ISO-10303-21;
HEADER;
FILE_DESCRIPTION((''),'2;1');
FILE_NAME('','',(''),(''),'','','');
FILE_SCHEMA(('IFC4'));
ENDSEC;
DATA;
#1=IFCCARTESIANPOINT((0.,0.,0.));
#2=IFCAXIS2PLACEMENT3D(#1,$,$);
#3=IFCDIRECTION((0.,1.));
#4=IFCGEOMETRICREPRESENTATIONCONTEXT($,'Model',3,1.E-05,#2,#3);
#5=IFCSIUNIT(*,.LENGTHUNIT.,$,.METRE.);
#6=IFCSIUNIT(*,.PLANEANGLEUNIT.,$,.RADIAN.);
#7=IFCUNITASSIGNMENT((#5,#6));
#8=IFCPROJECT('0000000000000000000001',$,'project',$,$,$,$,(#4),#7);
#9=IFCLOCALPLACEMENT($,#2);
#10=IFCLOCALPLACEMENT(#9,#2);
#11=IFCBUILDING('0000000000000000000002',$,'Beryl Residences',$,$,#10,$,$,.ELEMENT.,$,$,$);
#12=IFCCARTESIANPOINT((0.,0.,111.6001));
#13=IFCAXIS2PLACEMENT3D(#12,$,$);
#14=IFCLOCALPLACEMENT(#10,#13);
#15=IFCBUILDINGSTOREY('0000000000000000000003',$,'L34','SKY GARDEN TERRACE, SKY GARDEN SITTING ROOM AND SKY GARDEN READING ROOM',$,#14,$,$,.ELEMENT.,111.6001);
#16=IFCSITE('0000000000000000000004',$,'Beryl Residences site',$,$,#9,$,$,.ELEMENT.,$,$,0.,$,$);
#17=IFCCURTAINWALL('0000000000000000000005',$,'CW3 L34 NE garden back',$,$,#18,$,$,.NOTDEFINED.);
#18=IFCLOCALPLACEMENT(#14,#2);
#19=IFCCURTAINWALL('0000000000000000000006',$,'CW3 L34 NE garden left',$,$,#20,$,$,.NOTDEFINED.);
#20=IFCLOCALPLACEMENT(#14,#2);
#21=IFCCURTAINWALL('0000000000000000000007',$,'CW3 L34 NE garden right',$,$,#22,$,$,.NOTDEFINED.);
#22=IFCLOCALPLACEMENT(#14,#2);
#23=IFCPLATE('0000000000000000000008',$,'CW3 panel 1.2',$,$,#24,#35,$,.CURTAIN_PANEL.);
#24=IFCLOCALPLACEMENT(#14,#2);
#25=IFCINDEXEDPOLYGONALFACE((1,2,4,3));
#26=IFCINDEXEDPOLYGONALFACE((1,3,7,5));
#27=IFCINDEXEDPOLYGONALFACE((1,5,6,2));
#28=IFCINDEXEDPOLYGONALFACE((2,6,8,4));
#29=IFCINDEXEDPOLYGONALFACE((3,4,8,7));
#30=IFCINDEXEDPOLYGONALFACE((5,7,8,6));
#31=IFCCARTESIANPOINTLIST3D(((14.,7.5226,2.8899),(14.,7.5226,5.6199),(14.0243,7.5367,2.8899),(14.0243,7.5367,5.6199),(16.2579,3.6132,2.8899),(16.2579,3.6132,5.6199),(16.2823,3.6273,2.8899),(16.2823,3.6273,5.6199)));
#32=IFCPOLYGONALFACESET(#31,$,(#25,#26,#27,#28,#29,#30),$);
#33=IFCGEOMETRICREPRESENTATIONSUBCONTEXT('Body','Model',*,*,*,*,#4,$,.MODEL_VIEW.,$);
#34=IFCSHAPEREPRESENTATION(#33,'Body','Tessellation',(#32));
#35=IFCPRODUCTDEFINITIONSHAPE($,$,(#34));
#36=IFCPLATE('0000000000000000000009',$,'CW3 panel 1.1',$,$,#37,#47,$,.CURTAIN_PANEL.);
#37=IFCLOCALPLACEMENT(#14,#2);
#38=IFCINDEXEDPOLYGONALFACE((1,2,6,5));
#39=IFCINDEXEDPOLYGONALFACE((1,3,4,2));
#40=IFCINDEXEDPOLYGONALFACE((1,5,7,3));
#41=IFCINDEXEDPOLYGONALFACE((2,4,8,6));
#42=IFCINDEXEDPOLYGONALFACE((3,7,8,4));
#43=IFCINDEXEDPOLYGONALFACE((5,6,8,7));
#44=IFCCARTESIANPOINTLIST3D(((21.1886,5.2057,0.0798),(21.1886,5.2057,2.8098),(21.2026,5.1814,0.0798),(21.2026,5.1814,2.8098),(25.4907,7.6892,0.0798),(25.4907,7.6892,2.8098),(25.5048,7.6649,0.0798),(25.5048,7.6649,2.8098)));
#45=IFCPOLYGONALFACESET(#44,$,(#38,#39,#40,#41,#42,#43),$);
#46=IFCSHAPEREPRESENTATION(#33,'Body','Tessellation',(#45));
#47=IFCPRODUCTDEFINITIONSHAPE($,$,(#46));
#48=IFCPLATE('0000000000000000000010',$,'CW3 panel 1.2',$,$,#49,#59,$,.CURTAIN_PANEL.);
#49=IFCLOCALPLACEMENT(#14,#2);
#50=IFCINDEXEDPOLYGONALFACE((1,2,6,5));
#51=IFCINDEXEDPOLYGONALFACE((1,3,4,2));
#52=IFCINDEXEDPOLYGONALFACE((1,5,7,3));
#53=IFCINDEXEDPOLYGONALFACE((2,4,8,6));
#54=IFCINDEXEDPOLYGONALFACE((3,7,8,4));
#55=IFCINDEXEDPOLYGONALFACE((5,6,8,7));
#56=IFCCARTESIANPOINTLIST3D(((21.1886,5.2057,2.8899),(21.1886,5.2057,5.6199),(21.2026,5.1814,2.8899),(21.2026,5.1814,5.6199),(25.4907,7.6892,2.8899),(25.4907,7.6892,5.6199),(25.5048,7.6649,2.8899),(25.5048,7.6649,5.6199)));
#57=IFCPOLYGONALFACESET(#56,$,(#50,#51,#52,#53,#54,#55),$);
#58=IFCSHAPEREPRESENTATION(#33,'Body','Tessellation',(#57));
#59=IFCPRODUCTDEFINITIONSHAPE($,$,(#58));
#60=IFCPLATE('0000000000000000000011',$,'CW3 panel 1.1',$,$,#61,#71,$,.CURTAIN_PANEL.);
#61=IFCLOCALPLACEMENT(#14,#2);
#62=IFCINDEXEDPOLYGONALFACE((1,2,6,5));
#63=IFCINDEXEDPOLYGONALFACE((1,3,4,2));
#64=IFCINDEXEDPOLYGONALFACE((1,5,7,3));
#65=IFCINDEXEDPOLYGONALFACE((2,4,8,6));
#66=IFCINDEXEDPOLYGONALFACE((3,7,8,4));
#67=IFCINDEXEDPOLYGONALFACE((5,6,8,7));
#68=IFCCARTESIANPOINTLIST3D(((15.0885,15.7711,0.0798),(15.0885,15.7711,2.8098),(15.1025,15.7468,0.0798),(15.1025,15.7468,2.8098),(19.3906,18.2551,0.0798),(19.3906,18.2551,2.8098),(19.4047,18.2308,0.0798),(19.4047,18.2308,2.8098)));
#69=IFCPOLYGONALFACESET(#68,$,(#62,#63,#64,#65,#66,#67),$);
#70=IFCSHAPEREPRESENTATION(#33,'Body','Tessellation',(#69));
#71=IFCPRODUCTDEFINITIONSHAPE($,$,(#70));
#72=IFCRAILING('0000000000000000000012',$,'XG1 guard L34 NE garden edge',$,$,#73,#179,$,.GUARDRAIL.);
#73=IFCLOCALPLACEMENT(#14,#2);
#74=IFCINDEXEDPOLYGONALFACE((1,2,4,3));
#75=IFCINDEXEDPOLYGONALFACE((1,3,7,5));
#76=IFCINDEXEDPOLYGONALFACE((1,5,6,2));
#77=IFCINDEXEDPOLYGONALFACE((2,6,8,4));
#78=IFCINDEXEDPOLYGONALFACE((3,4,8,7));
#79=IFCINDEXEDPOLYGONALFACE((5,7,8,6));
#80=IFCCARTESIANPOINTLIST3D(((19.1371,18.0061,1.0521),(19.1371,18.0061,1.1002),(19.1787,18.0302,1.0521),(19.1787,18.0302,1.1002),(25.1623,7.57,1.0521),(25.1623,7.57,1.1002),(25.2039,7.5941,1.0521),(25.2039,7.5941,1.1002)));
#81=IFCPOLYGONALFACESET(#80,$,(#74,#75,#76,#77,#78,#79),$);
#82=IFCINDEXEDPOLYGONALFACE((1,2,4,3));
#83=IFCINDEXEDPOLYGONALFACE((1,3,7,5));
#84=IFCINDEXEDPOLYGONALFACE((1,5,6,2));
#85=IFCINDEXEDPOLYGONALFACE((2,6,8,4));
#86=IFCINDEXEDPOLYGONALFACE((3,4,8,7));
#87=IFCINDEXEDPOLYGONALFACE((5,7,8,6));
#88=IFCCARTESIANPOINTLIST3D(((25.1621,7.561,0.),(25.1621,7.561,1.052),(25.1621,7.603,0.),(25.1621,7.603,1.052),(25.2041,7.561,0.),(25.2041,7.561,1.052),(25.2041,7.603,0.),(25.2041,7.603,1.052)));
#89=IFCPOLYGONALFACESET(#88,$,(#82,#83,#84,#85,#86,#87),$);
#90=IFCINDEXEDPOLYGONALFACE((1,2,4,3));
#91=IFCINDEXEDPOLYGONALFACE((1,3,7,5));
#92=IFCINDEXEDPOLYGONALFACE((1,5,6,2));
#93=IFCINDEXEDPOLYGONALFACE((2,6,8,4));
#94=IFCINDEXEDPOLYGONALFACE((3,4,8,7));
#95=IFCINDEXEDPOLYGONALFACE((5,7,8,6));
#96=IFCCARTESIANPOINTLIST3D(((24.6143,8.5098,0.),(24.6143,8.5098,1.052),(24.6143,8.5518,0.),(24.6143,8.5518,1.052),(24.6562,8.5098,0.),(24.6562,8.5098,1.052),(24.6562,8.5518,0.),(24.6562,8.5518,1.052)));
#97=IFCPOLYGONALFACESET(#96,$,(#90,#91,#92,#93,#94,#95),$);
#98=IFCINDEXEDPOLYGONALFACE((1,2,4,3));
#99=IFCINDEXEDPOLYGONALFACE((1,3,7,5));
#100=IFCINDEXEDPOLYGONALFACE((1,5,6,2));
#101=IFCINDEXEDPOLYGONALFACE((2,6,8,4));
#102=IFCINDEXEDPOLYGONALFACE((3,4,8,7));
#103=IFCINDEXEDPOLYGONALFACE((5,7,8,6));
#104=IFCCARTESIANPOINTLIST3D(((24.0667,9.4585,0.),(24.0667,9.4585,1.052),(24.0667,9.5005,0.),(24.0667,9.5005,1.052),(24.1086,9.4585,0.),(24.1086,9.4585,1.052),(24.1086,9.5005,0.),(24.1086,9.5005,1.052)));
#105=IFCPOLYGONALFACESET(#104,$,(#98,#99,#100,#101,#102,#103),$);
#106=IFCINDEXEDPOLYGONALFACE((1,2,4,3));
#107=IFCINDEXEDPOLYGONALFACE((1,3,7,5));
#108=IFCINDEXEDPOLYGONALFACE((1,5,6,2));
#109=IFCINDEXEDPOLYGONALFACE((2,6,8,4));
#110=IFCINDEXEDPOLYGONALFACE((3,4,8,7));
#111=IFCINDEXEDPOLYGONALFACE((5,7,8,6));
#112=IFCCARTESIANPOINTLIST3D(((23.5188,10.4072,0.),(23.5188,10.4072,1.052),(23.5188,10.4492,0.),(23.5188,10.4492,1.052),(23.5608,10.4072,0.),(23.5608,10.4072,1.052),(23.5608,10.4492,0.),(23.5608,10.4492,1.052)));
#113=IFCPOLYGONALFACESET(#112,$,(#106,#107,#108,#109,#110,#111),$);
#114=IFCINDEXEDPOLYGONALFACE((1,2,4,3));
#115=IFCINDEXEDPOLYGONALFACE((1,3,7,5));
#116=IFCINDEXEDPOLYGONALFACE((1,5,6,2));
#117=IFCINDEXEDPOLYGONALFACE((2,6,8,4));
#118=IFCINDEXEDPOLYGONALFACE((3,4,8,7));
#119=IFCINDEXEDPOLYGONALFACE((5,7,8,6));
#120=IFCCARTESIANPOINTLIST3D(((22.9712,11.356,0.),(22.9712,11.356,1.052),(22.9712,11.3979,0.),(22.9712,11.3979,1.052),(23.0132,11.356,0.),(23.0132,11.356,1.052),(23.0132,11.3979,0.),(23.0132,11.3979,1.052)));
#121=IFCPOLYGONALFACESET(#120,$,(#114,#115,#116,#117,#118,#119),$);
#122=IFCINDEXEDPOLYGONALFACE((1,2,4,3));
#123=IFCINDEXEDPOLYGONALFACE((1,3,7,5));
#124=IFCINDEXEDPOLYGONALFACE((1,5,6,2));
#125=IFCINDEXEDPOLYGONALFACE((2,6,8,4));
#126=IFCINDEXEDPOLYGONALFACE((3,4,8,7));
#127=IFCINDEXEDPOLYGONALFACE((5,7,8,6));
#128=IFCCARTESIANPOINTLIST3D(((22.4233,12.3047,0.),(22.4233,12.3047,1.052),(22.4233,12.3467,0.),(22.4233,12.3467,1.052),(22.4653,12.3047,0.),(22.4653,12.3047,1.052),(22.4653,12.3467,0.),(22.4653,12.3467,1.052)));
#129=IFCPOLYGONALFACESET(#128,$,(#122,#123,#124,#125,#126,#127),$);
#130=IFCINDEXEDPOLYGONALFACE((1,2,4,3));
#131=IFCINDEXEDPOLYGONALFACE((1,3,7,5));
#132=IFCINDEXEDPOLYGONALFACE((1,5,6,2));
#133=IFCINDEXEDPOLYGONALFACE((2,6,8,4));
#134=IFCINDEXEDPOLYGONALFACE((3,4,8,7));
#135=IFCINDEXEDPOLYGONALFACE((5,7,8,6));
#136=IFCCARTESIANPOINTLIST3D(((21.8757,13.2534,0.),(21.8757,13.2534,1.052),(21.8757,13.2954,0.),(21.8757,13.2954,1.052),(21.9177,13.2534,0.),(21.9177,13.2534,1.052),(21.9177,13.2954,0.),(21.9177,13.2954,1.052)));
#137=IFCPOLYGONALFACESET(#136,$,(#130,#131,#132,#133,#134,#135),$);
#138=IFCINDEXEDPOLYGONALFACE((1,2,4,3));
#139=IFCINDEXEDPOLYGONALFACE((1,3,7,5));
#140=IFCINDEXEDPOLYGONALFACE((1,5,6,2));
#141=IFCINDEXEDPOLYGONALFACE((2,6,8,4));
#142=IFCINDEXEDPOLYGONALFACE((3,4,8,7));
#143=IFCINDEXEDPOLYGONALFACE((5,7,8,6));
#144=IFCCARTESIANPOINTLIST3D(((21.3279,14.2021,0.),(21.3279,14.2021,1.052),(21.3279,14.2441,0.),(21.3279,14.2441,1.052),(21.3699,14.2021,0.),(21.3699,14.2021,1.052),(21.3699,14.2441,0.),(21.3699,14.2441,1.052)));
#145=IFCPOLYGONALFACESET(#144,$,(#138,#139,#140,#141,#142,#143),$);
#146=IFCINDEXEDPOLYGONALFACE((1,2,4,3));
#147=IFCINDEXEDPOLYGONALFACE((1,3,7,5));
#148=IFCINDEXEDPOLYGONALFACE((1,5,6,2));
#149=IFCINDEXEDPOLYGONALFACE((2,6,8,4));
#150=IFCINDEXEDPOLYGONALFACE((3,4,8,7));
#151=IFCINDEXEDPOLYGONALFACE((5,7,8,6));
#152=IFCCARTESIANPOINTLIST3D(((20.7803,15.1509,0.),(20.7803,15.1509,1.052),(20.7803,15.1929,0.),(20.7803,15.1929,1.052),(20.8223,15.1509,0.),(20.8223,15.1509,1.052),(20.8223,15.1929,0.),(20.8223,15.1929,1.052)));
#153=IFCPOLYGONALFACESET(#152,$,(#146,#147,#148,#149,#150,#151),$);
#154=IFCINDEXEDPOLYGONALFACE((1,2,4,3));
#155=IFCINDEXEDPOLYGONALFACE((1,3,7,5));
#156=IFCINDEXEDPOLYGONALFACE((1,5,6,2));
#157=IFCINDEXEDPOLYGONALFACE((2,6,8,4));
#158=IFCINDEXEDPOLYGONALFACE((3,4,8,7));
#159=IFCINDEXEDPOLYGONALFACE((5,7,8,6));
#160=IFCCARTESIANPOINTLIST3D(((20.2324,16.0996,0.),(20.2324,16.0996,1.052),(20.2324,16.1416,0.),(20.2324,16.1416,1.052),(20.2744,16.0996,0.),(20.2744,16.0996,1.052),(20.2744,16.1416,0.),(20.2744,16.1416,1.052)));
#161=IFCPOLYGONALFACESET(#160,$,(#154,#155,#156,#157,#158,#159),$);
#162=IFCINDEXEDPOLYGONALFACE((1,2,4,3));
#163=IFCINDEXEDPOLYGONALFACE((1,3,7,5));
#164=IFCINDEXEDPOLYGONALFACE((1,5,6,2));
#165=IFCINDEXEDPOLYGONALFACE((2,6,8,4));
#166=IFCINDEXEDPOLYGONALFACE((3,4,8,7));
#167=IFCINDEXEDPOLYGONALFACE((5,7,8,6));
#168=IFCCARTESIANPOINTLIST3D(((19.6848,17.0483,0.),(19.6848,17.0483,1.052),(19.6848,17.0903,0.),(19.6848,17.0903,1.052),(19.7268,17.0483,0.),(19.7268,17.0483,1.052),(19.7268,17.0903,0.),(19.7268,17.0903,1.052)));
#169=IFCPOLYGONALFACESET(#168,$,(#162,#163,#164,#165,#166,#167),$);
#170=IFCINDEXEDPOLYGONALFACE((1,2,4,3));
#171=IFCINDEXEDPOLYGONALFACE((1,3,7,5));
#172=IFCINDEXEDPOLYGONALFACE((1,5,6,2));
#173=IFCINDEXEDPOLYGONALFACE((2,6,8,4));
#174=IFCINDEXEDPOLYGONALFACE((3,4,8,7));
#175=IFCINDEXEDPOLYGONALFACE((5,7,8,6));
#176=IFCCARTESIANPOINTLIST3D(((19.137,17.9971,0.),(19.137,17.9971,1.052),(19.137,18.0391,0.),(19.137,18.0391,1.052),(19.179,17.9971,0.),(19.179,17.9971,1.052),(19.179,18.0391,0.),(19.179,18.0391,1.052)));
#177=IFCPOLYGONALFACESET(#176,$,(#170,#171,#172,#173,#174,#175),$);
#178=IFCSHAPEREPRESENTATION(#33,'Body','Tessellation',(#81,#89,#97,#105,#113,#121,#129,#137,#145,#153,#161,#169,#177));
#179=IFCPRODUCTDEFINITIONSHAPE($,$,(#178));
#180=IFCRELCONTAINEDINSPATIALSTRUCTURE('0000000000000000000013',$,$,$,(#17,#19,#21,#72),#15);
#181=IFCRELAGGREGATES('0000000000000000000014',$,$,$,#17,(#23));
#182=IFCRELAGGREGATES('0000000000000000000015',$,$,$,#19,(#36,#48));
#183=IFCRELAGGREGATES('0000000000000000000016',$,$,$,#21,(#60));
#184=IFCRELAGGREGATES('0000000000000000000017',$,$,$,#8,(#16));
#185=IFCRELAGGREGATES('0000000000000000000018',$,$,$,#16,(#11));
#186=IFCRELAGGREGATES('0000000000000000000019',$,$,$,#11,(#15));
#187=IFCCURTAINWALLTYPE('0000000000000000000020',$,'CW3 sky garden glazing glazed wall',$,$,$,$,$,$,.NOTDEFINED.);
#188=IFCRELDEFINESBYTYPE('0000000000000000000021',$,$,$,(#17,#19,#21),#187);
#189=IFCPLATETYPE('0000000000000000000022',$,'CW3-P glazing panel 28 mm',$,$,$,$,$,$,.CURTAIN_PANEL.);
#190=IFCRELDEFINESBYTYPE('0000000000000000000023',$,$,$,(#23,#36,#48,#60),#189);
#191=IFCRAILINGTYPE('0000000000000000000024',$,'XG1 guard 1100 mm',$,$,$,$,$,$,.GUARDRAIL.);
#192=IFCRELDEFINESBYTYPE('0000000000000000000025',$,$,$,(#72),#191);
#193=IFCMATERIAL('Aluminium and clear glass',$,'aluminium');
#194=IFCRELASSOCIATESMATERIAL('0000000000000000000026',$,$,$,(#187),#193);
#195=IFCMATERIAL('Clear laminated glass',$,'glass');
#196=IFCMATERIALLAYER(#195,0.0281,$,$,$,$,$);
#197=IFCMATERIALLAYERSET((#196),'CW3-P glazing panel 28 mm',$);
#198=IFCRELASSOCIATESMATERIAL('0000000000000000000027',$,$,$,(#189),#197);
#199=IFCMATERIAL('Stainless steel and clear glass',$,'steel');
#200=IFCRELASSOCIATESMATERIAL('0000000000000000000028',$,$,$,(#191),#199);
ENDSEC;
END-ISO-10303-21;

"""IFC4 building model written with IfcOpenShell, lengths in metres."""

from ifc_helpers import new_model, si_unit, direction, frame, origin, origin_2d, place, context, subcontext, project, spatial, rectangle, extrude, material, layer, layer_set, type_object, element, aggregate, save


model = new_model("IFC4")

# Units and contexts
model_context = context("Model", 3, precision=1e-05, world=origin(), true_north=direction((0.0, 1.0)))
body_context = subcontext(model_context, "Body", "Model", "MODEL_VIEW")
ifc_project = project(units=[si_unit("LENGTHUNIT", "METRE"), si_unit("PLANEANGLEUNIT", "RADIAN")], contexts=[model_context])

# Site, building, storey
site_placement = place(None, origin())
site = spatial("IfcSite", under=ifc_project, at=site_placement, Name="Beryl Residences site", CompositionType="ELEMENT", RefElevation=0.0)
building_placement = place(site_placement, origin())
building = spatial("IfcBuilding", under=site, at=building_placement, Name="Beryl Residences", CompositionType="ELEMENT")
storey_placement = place(building_placement, frame((0.0, 0.0, 111.6001)))
storey = spatial("IfcBuildingStorey", under=building, at=storey_placement, Name="L34", Description="SKY GARDEN TERRACE, SKY GARDEN SITTING ROOM AND SKY GARDEN READING ROOM", CompositionType="ELEMENT", Elevation=111.6001)

# Curtain walls
ifc_material_1 = material(Name="Aluminium and clear glass", Category="aluminium")
curtain_wall_type = type_object("IfcCurtainWallType", Name="CW3 sky garden glazing glazed wall", PredefinedType="NOTDEFINED", material=ifc_material_1)
curtain_wall_1_placement = place(storey_placement, origin())
curtain_wall_1 = element("IfcCurtainWall", 1, at=curtain_wall_1_placement, inside=storey, type_object=curtain_wall_type, Name="CW3 L34 NE garden back", PredefinedType="NOTDEFINED")
curtain_wall_2_placement = place(storey_placement, origin())
curtain_wall_2 = element("IfcCurtainWall", 2, at=curtain_wall_2_placement, inside=storey, type_object=curtain_wall_type, Name="CW3 L34 NE garden left", PredefinedType="NOTDEFINED")
curtain_wall_3_placement = place(storey_placement, origin())
curtain_wall_3 = element("IfcCurtainWall", 3, at=curtain_wall_3_placement, inside=storey, type_object=curtain_wall_type, Name="CW3 L34 NE garden right", PredefinedType="NOTDEFINED")

# Plates
ifc_material_2 = material(Name="Clear laminated glass", Category="glass")
ifc_layer_1 = layer(ifc_material_2, 0.0281)
ifc_layer_set_1 = layer_set([ifc_layer_1], Name="CW3-P glazing panel 28 mm")
plate_type = type_object("IfcPlateType", Name="CW3-P glazing panel 28 mm", PredefinedType="CURTAIN_PANEL", material=ifc_layer_set_1)
plate_1_placement = place(storey_placement, frame((15.1411, 5.575, 2.8899), z_axis=(0.0, 0.0, 1.0), x_axis=(-0.500142, 0.865943, 0.0)))
plate_1 = element("IfcPlate", 4, at=plate_1_placement, type_object=plate_type, Name="CW3 panel 1.2", PredefinedType="CURTAIN_PANEL", context=body_context, shape_type="SweptSolid", body=[
    extrude(rectangle(XDim=4.5146, YDim=0.0281, at=origin_2d()), origin(), (0.0, 0.0, 1.0), 2.73),
])
aggregate(curtain_wall_1, [plate_1])
plate_2_placement = place(storey_placement, frame((23.3467, 6.4353, 0.0798), z_axis=(0.0, 0.0, 1.0), x_axis=(-0.866051, -0.499955, 0.0)))
plate_2 = element("IfcPlate", 5, at=plate_2_placement, type_object=plate_type, Name="CW3 panel 1.1", PredefinedType="CURTAIN_PANEL", context=body_context, shape_type="SweptSolid", body=[
    extrude(rectangle(XDim=4.9675, YDim=0.0281, at=origin_2d()), origin(), (0.0, 0.0, 1.0), 2.73),
])
plate_3_placement = place(storey_placement, frame((23.3467, 6.4353, 2.8899), z_axis=(0.0, 0.0, 1.0), x_axis=(-0.866051, -0.499955, 0.0)))
plate_3 = element("IfcPlate", 6, at=plate_3_placement, type_object=plate_type, Name="CW3 panel 1.2", PredefinedType="CURTAIN_PANEL", context=body_context, shape_type="SweptSolid", body=[
    extrude(rectangle(XDim=4.9675, YDim=0.0281, at=origin_2d()), origin(), (0.0, 0.0, 1.0), 2.73),
])
aggregate(curtain_wall_2, [plate_2, plate_3])
plate_4_placement = place(storey_placement, frame((17.2466, 17.001, 0.0798), z_axis=(0.0, 0.0, 1.0), x_axis=(-0.866009, -0.500029, 0.0)))
plate_4 = element("IfcPlate", 7, at=plate_4_placement, type_object=plate_type, Name="CW3 panel 1.1", PredefinedType="CURTAIN_PANEL", context=body_context, shape_type="SweptSolid", body=[
    extrude(rectangle(XDim=4.9678, YDim=0.0281, at=origin_2d()), origin(), (0.0, 0.0, 1.0), 2.73),
])
aggregate(curtain_wall_3, [plate_4])

# Railing
ifc_material_3 = material(Name="Stainless steel and clear glass", Category="steel")
railing_type = type_object("IfcRailingType", Name="XG1 guard 1100 mm", PredefinedType="GUARDRAIL", material=ifc_material_3)
railing_placement = place(storey_placement, frame((25.1831, 7.582, 0.0)))
element("IfcRailing", 8, at=railing_placement, inside=storey, type_object=railing_type, Name="XG1 guard L34 NE garden edge", PredefinedType="GUARDRAIL", context=body_context, shape_type="SweptSolid", body=[
    extrude(rectangle(XDim=0.0481, YDim=0.0481, at=origin_2d()), frame((0.0, 0.0, 1.0762), z_axis=(-0.499994, 0.866029, 0.0), x_axis=(-0.866029, -0.499994, 0.0)), (0.0, 0.0, 1.0), 12.0505),
    extrude(rectangle(XDim=0.042, YDim=0.042, at=origin_2d()), origin(), (0.0, 0.0, 1.0), 1.052),
    extrude(rectangle(XDim=0.042, YDim=0.042, at=origin_2d()), frame((-0.5479, 0.9487, 0.0)), (0.0, 0.0, 1.0), 1.052),
    extrude(rectangle(XDim=0.042, YDim=0.042, at=origin_2d()), frame((-1.0955, 1.8975, 0.0)), (0.0, 0.0, 1.0), 1.052),
    extrude(rectangle(XDim=0.042, YDim=0.042, at=origin_2d()), frame((-1.6433, 2.8462, 0.0)), (0.0, 0.0, 1.0), 1.052),
    extrude(rectangle(XDim=0.042, YDim=0.042, at=origin_2d()), frame((-2.1909, 3.7949, 0.0)), (0.0, 0.0, 1.0), 1.052),
    extrude(rectangle(XDim=0.042, YDim=0.042, at=origin_2d()), frame((-2.7388, 4.7437, 0.0)), (0.0, 0.0, 1.0), 1.052),
    extrude(rectangle(XDim=0.042, YDim=0.042, at=origin_2d()), frame((-3.2864, 5.6924, 0.0)), (0.0, 0.0, 1.0), 1.052),
    extrude(rectangle(XDim=0.042, YDim=0.042, at=origin_2d()), frame((-3.8342, 6.6411, 0.0)), (0.0, 0.0, 1.0), 1.052),
    extrude(rectangle(XDim=0.042, YDim=0.042, at=origin_2d()), frame((-4.3818, 7.5898, 0.0)), (0.0, 0.0, 1.0), 1.052),
    extrude(rectangle(XDim=0.042, YDim=0.042, at=origin_2d()), frame((-4.9297, 8.5386, 0.0)), (0.0, 0.0, 1.0), 1.052),
    extrude(rectangle(XDim=0.042, YDim=0.042, at=origin_2d()), frame((-5.4773, 9.4873, 0.0)), (0.0, 0.0, 1.0), 1.052),
    extrude(rectangle(XDim=0.042, YDim=0.042, at=origin_2d()), frame((-6.0251, 10.436, 0.0)), (0.0, 0.0, 1.0), 1.052),
])

save(model, "model.ifc")
